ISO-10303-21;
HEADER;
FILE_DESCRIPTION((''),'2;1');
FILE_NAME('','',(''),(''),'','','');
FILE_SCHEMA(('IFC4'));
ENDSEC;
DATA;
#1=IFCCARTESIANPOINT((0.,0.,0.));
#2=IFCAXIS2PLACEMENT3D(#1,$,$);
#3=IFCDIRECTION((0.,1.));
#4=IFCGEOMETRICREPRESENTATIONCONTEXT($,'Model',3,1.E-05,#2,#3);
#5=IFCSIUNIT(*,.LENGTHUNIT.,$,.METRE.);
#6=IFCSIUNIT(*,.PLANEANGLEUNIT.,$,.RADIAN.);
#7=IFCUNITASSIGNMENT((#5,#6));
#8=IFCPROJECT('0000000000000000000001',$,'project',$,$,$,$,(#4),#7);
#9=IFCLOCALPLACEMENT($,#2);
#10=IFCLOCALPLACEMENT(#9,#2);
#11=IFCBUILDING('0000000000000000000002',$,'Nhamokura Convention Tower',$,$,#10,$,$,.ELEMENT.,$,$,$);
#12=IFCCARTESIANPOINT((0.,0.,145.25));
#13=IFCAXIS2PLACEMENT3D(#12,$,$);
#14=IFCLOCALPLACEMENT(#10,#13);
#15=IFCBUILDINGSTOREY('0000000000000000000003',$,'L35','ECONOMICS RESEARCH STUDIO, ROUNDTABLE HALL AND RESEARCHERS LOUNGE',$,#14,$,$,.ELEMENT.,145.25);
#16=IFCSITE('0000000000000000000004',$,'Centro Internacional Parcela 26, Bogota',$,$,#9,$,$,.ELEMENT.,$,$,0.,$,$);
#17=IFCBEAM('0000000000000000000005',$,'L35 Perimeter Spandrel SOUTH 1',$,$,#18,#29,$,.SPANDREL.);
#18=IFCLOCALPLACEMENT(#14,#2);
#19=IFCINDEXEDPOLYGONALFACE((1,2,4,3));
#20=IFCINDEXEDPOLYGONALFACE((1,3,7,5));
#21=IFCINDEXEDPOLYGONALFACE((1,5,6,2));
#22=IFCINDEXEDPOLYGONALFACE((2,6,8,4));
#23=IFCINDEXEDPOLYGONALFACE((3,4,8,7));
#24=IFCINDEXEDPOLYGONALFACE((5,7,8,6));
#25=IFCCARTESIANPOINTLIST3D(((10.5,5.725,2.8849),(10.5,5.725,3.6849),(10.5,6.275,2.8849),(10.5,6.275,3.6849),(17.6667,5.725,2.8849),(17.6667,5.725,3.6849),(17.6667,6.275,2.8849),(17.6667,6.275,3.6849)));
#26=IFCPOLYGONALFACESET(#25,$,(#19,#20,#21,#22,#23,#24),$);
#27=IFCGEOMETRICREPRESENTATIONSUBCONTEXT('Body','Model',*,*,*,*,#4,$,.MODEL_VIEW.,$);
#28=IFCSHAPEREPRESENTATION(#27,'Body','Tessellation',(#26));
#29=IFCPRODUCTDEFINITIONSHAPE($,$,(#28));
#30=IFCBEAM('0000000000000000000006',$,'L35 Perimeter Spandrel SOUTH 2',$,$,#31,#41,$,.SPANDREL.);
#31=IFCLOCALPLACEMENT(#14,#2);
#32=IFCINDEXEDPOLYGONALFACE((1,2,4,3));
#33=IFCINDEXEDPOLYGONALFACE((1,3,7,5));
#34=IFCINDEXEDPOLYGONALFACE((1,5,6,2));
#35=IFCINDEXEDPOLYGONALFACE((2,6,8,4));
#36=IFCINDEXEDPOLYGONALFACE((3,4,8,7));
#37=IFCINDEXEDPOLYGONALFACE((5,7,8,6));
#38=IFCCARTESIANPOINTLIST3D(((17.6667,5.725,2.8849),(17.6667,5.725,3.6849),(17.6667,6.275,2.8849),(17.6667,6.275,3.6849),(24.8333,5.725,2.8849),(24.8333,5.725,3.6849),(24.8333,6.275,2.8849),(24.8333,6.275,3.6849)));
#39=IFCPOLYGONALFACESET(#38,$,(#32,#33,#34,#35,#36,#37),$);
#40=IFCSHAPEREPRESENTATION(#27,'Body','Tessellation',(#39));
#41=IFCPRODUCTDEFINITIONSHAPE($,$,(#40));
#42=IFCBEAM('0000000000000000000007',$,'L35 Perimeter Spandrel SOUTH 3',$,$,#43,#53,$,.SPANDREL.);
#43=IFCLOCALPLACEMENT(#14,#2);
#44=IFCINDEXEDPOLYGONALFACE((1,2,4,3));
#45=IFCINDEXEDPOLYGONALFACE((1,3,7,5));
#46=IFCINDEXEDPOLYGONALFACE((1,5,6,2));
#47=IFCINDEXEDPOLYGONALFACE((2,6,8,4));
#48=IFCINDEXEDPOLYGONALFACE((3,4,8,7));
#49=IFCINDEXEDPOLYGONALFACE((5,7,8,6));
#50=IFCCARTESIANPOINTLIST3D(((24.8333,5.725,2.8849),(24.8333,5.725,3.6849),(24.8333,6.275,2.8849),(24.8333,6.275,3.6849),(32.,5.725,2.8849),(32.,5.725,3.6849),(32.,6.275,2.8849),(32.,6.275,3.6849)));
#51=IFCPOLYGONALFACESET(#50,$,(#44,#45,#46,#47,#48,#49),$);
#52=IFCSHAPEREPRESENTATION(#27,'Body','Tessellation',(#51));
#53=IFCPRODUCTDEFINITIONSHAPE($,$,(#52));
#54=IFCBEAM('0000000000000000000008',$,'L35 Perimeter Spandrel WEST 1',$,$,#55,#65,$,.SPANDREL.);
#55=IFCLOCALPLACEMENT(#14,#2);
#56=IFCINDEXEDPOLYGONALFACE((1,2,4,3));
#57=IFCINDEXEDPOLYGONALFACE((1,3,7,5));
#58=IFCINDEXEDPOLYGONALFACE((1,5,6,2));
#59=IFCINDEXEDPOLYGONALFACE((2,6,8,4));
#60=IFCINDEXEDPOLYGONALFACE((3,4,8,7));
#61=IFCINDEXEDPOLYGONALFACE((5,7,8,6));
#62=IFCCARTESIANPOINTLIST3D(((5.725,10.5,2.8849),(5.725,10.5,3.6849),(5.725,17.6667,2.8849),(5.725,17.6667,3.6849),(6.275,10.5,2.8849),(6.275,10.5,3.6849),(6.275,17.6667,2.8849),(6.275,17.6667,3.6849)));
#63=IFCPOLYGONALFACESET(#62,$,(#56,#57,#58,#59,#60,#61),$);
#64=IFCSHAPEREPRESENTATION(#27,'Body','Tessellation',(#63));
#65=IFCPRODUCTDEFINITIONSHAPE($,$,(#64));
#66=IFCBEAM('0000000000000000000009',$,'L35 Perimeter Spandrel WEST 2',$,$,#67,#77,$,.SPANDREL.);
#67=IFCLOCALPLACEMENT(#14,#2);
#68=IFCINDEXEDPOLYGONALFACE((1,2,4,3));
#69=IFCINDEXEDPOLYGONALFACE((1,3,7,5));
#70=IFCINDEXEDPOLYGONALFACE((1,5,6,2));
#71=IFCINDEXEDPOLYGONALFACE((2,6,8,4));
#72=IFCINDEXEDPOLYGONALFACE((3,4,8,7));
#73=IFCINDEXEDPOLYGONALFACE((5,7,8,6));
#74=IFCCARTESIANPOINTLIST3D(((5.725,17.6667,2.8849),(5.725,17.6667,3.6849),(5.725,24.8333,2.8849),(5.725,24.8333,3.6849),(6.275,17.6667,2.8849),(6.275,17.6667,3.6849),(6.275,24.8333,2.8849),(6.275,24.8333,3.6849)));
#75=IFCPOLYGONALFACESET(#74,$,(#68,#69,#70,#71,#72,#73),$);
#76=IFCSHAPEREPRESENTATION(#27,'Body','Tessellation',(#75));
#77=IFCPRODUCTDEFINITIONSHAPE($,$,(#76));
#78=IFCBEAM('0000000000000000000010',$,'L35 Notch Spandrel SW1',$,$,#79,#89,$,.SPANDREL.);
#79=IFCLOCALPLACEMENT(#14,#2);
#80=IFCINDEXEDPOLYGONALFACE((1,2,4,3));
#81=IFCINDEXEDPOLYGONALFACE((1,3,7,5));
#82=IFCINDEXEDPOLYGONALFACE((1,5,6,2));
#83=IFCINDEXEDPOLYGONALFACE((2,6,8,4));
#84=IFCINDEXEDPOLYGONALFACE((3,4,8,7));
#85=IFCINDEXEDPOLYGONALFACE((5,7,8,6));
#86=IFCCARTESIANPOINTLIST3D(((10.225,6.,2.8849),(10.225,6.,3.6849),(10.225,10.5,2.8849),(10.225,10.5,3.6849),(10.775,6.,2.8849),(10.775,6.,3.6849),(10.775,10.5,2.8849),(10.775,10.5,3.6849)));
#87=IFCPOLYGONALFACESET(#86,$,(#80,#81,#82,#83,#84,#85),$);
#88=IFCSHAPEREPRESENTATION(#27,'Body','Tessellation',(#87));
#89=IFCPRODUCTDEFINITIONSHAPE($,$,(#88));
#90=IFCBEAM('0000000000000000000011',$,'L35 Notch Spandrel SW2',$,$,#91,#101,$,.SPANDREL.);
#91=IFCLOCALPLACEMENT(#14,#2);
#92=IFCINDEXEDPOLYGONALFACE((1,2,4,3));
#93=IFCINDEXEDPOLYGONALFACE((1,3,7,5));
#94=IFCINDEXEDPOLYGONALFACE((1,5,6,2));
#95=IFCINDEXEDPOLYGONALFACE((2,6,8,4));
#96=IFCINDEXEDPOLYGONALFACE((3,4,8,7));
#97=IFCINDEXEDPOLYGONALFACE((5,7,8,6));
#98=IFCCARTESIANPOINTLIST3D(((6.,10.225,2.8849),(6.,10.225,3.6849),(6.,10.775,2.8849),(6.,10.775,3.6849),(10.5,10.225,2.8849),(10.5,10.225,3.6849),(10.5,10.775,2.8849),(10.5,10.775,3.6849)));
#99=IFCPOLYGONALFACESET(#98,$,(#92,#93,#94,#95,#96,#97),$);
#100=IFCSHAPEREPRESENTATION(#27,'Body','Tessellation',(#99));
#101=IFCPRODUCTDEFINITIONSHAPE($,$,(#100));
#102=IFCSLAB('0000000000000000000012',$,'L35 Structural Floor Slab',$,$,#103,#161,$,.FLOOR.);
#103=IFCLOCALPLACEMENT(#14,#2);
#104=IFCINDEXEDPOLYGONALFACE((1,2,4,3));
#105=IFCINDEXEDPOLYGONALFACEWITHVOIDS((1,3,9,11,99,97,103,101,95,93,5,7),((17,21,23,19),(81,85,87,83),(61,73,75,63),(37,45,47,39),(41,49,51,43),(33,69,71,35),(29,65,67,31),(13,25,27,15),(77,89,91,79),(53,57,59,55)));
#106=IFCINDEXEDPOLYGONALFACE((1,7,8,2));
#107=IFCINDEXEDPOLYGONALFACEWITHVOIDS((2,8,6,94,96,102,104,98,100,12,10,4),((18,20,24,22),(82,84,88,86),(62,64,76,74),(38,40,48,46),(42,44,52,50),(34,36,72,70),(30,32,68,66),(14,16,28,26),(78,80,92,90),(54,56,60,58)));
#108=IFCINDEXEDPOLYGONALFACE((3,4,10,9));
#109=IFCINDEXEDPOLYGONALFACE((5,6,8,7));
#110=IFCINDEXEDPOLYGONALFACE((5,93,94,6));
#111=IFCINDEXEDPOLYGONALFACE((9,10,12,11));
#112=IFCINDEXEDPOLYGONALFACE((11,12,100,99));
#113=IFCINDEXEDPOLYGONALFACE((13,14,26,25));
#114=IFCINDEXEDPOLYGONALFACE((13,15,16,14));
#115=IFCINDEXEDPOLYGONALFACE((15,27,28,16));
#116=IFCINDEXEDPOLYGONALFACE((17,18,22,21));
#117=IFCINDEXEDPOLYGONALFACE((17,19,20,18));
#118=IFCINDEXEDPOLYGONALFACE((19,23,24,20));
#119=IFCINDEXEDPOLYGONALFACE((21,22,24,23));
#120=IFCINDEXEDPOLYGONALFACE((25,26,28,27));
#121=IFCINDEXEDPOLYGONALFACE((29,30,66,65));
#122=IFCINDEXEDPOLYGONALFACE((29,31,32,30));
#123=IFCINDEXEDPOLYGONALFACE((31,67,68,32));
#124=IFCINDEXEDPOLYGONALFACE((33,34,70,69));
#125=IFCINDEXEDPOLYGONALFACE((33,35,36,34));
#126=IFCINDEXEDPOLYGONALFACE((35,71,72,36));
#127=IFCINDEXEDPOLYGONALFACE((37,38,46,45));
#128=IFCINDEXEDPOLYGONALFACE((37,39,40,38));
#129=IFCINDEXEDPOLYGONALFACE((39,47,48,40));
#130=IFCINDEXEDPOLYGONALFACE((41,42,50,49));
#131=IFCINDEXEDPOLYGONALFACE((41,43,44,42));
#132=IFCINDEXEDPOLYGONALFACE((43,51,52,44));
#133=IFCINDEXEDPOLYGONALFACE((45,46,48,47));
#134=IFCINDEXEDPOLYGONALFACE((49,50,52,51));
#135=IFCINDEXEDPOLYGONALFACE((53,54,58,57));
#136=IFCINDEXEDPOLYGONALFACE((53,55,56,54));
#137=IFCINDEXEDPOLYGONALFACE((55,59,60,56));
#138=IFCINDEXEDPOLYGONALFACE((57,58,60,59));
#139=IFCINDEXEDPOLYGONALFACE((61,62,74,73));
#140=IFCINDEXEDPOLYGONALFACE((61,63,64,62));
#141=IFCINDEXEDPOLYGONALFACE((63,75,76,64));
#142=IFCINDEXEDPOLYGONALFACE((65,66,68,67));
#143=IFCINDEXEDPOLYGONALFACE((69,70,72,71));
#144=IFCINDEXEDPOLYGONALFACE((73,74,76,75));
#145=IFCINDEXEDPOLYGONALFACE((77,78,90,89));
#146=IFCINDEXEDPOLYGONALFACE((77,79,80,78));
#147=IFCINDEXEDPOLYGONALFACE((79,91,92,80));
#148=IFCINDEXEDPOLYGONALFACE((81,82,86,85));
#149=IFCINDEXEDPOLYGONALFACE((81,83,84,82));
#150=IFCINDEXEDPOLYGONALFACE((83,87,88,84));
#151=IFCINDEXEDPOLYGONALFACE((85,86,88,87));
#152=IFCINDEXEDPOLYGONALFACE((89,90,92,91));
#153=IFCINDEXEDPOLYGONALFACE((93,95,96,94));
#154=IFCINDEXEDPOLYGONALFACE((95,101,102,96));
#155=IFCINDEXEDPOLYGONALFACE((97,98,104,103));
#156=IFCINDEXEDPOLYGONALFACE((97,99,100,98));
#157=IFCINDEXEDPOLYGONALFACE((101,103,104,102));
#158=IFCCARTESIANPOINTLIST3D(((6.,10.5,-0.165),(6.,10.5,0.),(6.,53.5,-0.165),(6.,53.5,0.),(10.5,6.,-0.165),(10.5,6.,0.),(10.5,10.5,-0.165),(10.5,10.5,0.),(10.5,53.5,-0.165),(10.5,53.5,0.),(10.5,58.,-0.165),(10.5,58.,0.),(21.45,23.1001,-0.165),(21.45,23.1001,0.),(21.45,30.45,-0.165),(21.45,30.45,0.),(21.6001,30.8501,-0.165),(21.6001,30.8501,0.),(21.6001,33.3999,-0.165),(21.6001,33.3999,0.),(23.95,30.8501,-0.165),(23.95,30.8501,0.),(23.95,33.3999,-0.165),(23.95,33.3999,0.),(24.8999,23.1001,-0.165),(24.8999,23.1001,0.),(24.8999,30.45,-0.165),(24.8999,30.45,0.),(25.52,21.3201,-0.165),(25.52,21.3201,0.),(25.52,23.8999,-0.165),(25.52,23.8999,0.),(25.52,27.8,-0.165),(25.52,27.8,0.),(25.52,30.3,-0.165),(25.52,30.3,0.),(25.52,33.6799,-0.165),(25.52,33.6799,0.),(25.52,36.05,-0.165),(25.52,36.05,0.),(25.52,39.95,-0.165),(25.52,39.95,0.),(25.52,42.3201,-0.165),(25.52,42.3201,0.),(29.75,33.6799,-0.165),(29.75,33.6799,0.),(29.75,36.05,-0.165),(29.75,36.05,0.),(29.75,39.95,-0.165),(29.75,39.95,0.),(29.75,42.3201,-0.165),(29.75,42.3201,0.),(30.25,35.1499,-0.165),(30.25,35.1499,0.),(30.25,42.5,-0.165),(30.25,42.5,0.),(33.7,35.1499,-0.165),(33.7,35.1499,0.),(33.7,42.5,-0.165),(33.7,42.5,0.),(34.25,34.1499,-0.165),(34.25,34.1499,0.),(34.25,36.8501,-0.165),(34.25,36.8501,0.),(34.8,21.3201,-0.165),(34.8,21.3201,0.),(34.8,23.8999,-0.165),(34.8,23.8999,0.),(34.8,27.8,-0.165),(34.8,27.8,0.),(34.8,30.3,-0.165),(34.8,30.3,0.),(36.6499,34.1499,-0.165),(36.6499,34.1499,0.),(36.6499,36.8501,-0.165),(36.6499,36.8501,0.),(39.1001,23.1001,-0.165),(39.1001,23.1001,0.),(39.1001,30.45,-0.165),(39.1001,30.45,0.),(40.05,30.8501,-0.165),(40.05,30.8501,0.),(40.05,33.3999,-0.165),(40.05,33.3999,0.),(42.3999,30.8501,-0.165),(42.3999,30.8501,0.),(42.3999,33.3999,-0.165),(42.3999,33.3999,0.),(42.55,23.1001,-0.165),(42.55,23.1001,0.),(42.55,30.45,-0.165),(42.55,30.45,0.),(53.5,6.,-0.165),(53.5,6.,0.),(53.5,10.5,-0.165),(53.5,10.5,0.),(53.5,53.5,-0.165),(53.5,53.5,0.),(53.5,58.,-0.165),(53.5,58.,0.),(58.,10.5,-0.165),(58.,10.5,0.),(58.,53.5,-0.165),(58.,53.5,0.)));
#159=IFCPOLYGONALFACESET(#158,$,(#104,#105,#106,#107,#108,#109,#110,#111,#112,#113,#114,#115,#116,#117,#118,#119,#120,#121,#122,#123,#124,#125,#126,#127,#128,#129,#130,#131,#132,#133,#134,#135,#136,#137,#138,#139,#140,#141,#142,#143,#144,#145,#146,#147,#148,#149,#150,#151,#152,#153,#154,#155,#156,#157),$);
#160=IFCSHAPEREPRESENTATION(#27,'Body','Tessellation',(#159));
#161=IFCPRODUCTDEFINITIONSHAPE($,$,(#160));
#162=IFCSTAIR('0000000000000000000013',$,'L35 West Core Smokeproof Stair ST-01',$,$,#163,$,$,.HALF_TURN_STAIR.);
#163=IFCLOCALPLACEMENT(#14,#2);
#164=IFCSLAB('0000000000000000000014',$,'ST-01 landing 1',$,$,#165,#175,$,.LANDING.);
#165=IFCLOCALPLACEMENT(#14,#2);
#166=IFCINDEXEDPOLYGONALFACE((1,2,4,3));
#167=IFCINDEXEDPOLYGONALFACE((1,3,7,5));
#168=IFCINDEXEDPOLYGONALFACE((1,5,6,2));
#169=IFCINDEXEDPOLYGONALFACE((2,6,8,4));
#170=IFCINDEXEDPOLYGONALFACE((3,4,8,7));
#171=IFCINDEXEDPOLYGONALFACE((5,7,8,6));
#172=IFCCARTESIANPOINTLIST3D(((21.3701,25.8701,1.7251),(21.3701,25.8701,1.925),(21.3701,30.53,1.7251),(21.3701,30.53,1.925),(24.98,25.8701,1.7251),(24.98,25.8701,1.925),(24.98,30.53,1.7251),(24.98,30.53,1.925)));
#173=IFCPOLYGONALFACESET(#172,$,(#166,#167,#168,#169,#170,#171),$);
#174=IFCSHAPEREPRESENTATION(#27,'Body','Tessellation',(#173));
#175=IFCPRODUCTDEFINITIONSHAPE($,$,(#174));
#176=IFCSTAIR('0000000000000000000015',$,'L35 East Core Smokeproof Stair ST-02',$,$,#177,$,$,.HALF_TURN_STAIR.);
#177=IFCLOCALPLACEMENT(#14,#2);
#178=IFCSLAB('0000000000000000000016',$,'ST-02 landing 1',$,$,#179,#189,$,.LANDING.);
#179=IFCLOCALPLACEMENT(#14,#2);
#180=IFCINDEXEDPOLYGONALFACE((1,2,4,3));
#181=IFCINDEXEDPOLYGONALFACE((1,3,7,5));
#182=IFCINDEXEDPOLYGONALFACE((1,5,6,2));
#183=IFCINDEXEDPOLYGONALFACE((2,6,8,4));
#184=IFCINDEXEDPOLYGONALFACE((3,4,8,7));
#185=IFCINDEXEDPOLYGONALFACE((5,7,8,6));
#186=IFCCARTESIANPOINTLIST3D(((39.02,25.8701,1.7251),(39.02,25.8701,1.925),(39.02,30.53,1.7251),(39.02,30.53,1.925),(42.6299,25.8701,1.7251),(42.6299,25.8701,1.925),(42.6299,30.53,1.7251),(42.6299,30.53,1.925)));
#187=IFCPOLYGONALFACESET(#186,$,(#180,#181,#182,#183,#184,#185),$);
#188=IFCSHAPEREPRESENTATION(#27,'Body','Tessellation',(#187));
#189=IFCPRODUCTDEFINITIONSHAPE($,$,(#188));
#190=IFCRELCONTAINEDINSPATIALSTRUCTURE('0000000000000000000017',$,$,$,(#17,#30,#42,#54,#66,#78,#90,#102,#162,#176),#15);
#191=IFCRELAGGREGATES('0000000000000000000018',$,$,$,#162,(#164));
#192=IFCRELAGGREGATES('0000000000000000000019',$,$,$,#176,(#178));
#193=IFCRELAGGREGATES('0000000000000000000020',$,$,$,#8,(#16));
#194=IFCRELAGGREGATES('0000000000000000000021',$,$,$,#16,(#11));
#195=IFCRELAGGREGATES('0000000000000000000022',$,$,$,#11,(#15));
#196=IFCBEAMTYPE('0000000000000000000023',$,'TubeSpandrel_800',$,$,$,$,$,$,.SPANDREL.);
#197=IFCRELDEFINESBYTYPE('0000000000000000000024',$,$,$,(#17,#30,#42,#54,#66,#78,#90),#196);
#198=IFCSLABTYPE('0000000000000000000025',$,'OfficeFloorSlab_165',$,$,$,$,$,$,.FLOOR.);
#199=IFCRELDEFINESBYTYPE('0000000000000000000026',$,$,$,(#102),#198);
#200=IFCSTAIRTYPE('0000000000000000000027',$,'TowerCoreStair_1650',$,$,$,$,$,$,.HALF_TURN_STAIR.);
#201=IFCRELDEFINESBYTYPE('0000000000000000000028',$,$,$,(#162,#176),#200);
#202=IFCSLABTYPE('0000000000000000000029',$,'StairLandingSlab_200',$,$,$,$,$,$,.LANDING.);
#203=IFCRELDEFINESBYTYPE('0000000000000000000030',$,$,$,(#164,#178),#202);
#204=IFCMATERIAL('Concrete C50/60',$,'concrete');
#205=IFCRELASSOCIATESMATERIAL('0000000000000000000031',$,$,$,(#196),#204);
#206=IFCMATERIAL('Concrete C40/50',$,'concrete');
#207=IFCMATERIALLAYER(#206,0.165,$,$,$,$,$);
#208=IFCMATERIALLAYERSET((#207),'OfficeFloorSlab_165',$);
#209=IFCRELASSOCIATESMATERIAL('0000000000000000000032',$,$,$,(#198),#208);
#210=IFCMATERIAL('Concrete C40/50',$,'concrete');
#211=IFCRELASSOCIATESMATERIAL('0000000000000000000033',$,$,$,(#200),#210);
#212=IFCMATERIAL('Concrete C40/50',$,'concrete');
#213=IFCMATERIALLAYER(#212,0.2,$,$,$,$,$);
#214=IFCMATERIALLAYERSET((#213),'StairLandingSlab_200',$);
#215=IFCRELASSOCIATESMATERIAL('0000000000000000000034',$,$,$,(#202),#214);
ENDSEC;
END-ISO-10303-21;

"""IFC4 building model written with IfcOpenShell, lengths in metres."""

from ifc_helpers import new_model, si_unit, direction, frame, origin, origin_2d, place, context, subcontext, project, spatial, polyline, rectangle, outline, extrude, material, layer, layer_set, material_profile, profile_set, type_object, element, aggregate, save


model = new_model("IFC4")

# Units and contexts
model_context = context("Model", 3, precision=1e-05, world=origin(), true_north=direction((0.0, 1.0)))
body_context = subcontext(model_context, "Body", "Model", "MODEL_VIEW")
ifc_project = project(units=[si_unit("LENGTHUNIT", "METRE"), si_unit("PLANEANGLEUNIT", "RADIAN")], contexts=[model_context])

# Site, building, storey
site_placement = place(None, origin())
site = spatial("IfcSite", under=ifc_project, at=site_placement, Name="Centro Internacional Parcela 26, Bogota", CompositionType="ELEMENT", RefElevation=0.0)
building_placement = place(site_placement, origin())
building = spatial("IfcBuilding", under=site, at=building_placement, Name="Nhamokura Convention Tower", CompositionType="ELEMENT")
storey_placement = place(building_placement, frame((0.0, 0.0, 145.25)))
storey = spatial("IfcBuildingStorey", under=building, at=storey_placement, Name="L35", Description="ECONOMICS RESEARCH STUDIO, ROUNDTABLE HALL AND RESEARCHERS LOUNGE", CompositionType="ELEMENT", Elevation=145.25)

# Beams
ifc_material_1 = material(Name="Concrete C50/60", Category="concrete")
ifc_material_profile_1 = material_profile(ifc_material_1, rectangle(XDim=0.55, YDim=0.8, at=origin_2d()))
ifc_profile_set_1 = profile_set([ifc_material_profile_1], Name="Concrete C50/60")
beam_type_1 = type_object("IfcBeamType", Name="TubeSpandrel_800", PredefinedType="SPANDREL", material=ifc_profile_set_1)
beam_1_placement = place(storey_placement, frame((10.5, 6.0, 3.2849), z_axis=(1.0, 0.0, 0.0), x_axis=(0.0, 1.0, 0.0)))
element("IfcBeam", 1, at=beam_1_placement, inside=storey, type_object=beam_type_1, Name="L35 Perimeter Spandrel SOUTH 1", PredefinedType="SPANDREL", context=body_context, shape_type="SweptSolid", body=[
    extrude(rectangle(XDim=0.55, YDim=0.8, at=origin_2d()), origin(), (0.0, 0.0, 1.0), 7.1667),
])
beam_2_placement = place(storey_placement, frame((17.6667, 6.0, 3.2849), z_axis=(1.0, 0.0, 0.0), x_axis=(0.0, 1.0, 0.0)))
element("IfcBeam", 2, at=beam_2_placement, inside=storey, type_object=beam_type_1, Name="L35 Perimeter Spandrel SOUTH 2", PredefinedType="SPANDREL", context=body_context, shape_type="SweptSolid", body=[
    extrude(rectangle(XDim=0.55, YDim=0.8, at=origin_2d()), origin(), (0.0, 0.0, 1.0), 7.1665),
])
for number, where, z_axis, x_axis, name in (
    (3, (24.8333, 6.0, 3.2849), (1.0, 0.0, 0.0), (0.0, 1.0, 0.0), "L35 Perimeter Spandrel SOUTH 3"),
    (4, (6.0, 10.5, 3.2849), (0.0, 1.0, 0.0), (-1.0, 0.0, 0.0), "L35 Perimeter Spandrel WEST 1"),
):
    element("IfcBeam", number, at=place(storey_placement, frame(where, z_axis=z_axis, x_axis=x_axis)), inside=storey, type_object=beam_type_1, Name=name, PredefinedType="SPANDREL", context=body_context, shape_type="SweptSolid", body=[
        extrude(rectangle(XDim=0.55, YDim=0.8, at=origin_2d()), origin(), (0.0, 0.0, 1.0), 7.1667),
    ])
beam_3_placement = place(storey_placement, frame((6.0, 17.6667, 3.2849), z_axis=(0.0, 1.0, 0.0), x_axis=(-1.0, 0.0, 0.0)))
element("IfcBeam", 5, at=beam_3_placement, inside=storey, type_object=beam_type_1, Name="L35 Perimeter Spandrel WEST 2", PredefinedType="SPANDREL", context=body_context, shape_type="SweptSolid", body=[
    extrude(rectangle(XDim=0.55, YDim=0.8, at=origin_2d()), origin(), (0.0, 0.0, 1.0), 7.1665),
])
for number, where, z_axis, x_axis, name in (
    (6, (10.5, 6.0, 3.2849), (0.0, 1.0, 0.0), (-1.0, 0.0, 0.0), "L35 Notch Spandrel SW1"),
    (7, (10.5, 10.5, 3.2849), (-1.0, 0.0, 0.0), (0.0, -1.0, 0.0), "L35 Notch Spandrel SW2"),
):
    element("IfcBeam", number, at=place(storey_placement, frame(where, z_axis=z_axis, x_axis=x_axis)), inside=storey, type_object=beam_type_1, Name=name, PredefinedType="SPANDREL", context=body_context, shape_type="SweptSolid", body=[
        extrude(rectangle(XDim=0.55, YDim=0.8, at=origin_2d()), origin(), (0.0, 0.0, 1.0), 4.5),
    ])

# Slab
ifc_material_2 = material(Name="Concrete C40/50", Category="concrete")
ifc_layer_1 = layer(ifc_material_2, 0.165)
ifc_layer_set_1 = layer_set([ifc_layer_1], Name="OfficeFloorSlab_165")
slab_type_1 = type_object("IfcSlabType", Name="OfficeFloorSlab_165", PredefinedType="FLOOR", material=ifc_layer_set_1)
slab_1_placement = place(storey_placement, frame((0.0, 0.0, -0.165)))
element("IfcSlab", 8, at=slab_1_placement, inside=storey, type_object=slab_type_1, Name="L35 Structural Floor Slab", PredefinedType="FLOOR", context=body_context, shape_type="SweptSolid", body=[
    extrude(outline(polyline([(10.5, 6.0), (53.5, 6.0), (53.5, 10.5), (58.0, 10.5), (58.0, 53.5), (53.5, 53.5), (53.5, 58.0), (10.5, 58.0), (10.5, 53.5), (6.0, 53.5), (6.0, 10.5), (10.5, 10.5), (10.5, 6.0)]), holes=[polyline([(24.8999, 23.1001), (24.8999, 30.45), (21.45, 30.45), (21.45, 23.1001), (24.8999, 23.1001)]), polyline([(42.55, 23.1001), (42.55, 30.45), (39.1001, 30.45), (39.1001, 23.1001), (42.55, 23.1001)]), polyline([(33.7, 35.1499), (33.7, 42.5), (30.25, 42.5), (30.25, 35.1499), (33.7, 35.1499)]), polyline([(21.6001, 30.8501), (23.95, 30.8501), (23.95, 33.3999), (21.6001, 33.3999), (21.6001, 30.8501)]), polyline([(40.05, 30.8501), (42.3999, 30.8501), (42.3999, 33.3999), (40.05, 33.3999), (40.05, 30.8501)]), polyline([(34.25, 34.1499), (36.6499, 34.1499), (36.6499, 36.8501), (34.25, 36.8501), (34.25, 34.1499)]), polyline([(25.52, 21.3201), (34.8, 21.3201), (34.8, 23.8999), (25.52, 23.8999), (25.52, 21.3201)]), polyline([(25.52, 27.8), (34.8, 27.8), (34.8, 30.3), (25.52, 30.3), (25.52, 27.8)]), polyline([(25.52, 33.6799), (29.75, 33.6799), (29.75, 36.05), (25.52, 36.05), (25.52, 33.6799)]), polyline([(25.52, 39.95), (29.75, 39.95), (29.75, 42.3201), (25.52, 42.3201), (25.52, 39.95)])]), origin(), (0.0, 0.0, 1.0), 0.165),
])

# Stairs, slabs
ifc_material_3 = material(Name="Concrete C40/50", Category="concrete")
stair_type = type_object("IfcStairType", Name="TowerCoreStair_1650", PredefinedType="HALF_TURN_STAIR", material=ifc_material_3)
stair_1_placement = place(storey_placement, origin())
stair_1 = element("IfcStair", 9, at=stair_1_placement, inside=storey, type_object=stair_type, Name="L35 West Core Smokeproof Stair ST-01", PredefinedType="HALF_TURN_STAIR")
ifc_material_4 = material(Name="Concrete C40/50", Category="concrete")
ifc_layer_2 = layer(ifc_material_4, 0.2)
ifc_layer_set_2 = layer_set([ifc_layer_2], Name="StairLandingSlab_200")
slab_type_2 = type_object("IfcSlabType", Name="StairLandingSlab_200", PredefinedType="LANDING", material=ifc_layer_set_2)
slab_2_placement = place(storey_placement, frame((0.0, 0.0, 1.7251)))
slab_2 = element("IfcSlab", 10, at=slab_2_placement, type_object=slab_type_2, Name="ST-01 landing 1", PredefinedType="LANDING", context=body_context, shape_type="SweptSolid", body=[
    extrude(outline(polyline([(24.98, 25.8701), (24.98, 30.53), (21.3701, 30.53), (21.3701, 25.8701), (24.98, 25.8701)])), origin(), (0.0, 0.0, 1.0), 0.2),
])
aggregate(stair_1, [slab_2])
stair_2_placement = place(storey_placement, origin())
stair_2 = element("IfcStair", 11, at=stair_2_placement, inside=storey, type_object=stair_type, Name="L35 East Core Smokeproof Stair ST-02", PredefinedType="HALF_TURN_STAIR")
slab_3_placement = place(storey_placement, frame((0.0, 0.0, 1.7251)))
slab_3 = element("IfcSlab", 12, at=slab_3_placement, type_object=slab_type_2, Name="ST-02 landing 1", PredefinedType="LANDING", context=body_context, shape_type="SweptSolid", body=[
    extrude(outline(polyline([(42.6299, 25.8701), (42.6299, 30.53), (39.02, 30.53), (39.02, 25.8701), (42.6299, 25.8701)])), origin(), (0.0, 0.0, 1.0), 0.2),
])
aggregate(stair_2, [slab_3])

save(model, "model.ifc")
